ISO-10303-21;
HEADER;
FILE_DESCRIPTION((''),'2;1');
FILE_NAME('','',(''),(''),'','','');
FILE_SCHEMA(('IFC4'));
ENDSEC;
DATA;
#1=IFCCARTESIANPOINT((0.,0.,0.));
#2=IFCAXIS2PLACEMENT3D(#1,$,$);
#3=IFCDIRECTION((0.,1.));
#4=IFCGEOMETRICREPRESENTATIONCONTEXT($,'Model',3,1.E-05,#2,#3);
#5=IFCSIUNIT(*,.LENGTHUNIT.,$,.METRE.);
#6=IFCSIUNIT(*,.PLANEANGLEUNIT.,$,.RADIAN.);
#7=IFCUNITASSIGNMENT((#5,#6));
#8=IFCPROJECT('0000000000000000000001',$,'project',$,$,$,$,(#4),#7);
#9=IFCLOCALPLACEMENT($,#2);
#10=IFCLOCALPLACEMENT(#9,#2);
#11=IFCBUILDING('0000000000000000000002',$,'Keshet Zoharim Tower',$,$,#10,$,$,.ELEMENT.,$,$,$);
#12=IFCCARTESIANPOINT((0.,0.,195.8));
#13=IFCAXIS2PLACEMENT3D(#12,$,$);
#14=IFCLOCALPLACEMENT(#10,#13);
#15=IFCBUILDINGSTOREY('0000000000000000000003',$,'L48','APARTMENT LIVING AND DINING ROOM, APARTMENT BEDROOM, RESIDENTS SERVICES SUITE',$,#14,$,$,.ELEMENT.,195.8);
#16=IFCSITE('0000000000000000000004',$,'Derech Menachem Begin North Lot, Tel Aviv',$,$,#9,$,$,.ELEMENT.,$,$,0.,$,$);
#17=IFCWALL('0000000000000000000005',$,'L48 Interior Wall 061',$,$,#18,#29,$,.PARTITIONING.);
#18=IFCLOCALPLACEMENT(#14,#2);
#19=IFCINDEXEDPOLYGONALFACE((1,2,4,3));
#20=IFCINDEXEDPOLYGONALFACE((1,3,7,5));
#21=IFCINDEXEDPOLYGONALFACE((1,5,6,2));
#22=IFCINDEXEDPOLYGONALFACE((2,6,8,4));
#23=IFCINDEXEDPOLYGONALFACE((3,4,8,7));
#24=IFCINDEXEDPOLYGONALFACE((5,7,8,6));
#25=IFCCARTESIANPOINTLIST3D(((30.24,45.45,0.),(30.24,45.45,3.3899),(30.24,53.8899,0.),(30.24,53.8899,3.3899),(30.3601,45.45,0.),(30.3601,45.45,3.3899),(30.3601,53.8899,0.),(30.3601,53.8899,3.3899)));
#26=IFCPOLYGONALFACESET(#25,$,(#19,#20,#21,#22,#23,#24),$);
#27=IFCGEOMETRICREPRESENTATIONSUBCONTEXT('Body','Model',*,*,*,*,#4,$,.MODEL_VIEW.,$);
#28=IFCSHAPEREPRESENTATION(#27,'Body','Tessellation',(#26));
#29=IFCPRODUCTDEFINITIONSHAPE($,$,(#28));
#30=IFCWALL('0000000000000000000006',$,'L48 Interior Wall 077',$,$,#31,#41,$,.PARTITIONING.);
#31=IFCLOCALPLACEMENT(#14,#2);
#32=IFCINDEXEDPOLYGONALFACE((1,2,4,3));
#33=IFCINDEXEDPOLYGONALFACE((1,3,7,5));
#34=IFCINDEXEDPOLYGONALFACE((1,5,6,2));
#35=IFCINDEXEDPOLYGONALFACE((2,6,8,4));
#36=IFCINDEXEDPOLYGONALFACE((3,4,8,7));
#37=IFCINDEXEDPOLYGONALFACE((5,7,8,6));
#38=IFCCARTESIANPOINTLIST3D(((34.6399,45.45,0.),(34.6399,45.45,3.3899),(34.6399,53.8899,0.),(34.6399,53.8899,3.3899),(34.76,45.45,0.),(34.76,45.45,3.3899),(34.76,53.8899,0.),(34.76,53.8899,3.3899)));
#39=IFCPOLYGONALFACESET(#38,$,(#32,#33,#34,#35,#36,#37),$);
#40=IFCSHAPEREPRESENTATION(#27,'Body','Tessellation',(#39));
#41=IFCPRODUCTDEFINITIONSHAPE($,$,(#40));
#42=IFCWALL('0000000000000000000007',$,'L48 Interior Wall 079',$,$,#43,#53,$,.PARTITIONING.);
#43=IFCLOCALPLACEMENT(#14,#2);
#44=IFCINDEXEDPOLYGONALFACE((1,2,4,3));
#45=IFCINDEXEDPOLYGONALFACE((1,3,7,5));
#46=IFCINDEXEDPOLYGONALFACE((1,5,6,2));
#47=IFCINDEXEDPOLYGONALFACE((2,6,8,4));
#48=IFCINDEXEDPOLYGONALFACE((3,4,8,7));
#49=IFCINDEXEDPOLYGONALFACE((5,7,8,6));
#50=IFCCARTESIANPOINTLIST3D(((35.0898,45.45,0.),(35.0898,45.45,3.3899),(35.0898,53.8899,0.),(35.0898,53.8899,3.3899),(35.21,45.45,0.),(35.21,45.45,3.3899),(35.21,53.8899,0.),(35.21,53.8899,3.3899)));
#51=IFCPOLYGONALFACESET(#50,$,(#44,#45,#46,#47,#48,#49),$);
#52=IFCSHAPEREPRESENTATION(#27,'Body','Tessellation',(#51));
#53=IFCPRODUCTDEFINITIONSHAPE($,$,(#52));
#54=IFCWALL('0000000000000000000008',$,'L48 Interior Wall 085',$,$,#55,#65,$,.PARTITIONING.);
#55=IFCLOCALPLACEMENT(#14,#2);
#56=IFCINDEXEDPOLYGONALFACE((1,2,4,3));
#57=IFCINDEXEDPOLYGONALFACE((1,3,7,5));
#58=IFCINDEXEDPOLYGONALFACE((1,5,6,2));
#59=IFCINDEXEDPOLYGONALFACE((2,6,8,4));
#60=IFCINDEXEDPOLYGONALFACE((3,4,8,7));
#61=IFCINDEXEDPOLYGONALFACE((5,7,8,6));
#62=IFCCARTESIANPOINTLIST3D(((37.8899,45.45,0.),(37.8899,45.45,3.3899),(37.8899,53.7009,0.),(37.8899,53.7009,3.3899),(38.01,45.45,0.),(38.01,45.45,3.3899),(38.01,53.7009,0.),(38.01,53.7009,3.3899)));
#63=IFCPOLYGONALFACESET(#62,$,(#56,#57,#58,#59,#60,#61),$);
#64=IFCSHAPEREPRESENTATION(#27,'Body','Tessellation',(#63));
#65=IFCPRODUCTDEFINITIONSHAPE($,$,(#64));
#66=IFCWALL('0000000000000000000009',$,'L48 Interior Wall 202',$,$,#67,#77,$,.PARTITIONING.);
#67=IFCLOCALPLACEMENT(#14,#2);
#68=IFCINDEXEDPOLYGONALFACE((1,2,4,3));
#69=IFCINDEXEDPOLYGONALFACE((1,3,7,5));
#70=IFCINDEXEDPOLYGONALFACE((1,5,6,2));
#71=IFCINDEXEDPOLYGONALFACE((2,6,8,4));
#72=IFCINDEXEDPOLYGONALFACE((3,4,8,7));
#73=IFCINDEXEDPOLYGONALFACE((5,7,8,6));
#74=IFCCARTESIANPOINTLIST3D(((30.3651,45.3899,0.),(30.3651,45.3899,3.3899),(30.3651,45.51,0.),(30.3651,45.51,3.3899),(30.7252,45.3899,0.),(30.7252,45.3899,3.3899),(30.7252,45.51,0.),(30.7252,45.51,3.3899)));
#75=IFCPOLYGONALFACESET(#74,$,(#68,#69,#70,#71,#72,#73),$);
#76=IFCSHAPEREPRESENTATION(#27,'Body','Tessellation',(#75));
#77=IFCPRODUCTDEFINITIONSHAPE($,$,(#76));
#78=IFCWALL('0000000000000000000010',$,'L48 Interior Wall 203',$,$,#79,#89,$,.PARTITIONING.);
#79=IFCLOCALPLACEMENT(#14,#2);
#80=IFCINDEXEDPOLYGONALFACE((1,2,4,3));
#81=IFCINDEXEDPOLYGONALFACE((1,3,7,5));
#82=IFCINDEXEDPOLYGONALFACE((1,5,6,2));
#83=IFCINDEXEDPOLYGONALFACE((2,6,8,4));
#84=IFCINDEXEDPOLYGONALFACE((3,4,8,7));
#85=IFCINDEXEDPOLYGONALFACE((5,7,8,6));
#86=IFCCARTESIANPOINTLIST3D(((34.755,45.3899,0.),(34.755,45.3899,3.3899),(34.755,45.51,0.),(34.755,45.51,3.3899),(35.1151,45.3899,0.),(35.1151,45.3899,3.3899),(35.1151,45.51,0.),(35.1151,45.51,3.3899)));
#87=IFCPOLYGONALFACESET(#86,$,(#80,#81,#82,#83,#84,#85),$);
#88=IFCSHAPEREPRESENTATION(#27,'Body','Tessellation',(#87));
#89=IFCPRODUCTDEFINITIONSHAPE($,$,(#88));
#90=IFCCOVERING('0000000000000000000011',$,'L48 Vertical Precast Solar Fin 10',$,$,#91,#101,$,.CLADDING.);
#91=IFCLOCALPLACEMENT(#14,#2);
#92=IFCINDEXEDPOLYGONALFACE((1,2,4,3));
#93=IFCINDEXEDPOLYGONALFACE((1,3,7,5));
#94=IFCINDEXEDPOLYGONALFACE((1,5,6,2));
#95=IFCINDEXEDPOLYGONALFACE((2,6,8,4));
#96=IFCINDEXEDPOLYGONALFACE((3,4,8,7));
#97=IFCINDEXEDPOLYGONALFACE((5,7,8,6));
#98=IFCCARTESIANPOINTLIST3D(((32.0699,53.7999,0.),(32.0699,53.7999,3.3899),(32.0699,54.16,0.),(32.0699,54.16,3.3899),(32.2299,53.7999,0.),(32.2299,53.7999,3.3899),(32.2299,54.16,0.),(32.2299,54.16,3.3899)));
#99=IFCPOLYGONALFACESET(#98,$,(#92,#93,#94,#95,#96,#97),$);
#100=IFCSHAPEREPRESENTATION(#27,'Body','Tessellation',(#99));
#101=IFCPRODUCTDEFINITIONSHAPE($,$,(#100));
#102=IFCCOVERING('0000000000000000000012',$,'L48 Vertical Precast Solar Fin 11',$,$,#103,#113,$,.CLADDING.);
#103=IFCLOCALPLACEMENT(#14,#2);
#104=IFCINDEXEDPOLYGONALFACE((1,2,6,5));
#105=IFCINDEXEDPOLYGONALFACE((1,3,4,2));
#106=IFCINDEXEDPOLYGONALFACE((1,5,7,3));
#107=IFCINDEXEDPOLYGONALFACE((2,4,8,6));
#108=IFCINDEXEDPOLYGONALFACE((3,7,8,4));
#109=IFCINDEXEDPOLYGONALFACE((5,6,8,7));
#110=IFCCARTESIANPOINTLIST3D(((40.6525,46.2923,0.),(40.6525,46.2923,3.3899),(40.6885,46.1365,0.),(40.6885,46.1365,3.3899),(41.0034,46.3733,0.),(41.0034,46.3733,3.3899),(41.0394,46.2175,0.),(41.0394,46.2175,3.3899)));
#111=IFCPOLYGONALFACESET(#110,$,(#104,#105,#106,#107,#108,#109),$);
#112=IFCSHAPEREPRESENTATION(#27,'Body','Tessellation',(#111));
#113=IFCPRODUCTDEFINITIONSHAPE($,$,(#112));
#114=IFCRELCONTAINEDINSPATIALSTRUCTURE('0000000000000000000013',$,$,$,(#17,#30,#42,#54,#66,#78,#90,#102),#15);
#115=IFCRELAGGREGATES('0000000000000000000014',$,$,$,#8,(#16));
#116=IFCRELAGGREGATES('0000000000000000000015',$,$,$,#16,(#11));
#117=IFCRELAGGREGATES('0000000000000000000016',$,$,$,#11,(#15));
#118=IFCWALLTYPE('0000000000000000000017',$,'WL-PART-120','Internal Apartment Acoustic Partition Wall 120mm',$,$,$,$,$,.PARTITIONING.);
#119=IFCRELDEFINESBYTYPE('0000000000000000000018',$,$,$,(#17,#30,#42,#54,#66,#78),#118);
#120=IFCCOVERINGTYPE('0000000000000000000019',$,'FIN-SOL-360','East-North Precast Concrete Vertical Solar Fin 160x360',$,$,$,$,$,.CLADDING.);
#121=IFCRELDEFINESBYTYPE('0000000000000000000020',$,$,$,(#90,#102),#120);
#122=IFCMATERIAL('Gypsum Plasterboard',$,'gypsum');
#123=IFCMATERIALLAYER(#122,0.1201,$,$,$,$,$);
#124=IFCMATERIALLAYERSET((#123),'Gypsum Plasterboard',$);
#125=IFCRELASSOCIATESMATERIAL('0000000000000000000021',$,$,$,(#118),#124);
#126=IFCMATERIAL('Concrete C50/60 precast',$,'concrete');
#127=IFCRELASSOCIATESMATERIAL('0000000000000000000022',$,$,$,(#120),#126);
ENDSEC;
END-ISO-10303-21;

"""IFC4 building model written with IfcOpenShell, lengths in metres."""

from ifc_helpers import new_model, si_unit, direction, frame, frame_2d, origin, origin_2d, place, context, subcontext, project, spatial, rectangle, extrude, material, layer, layer_set, type_object, element, save


model = new_model("IFC4")

# Units and contexts
model_context = context("Model", 3, precision=1e-05, world=origin(), true_north=direction((0.0, 1.0)))
body_context = subcontext(model_context, "Body", "Model", "MODEL_VIEW")
ifc_project = project(units=[si_unit("LENGTHUNIT", "METRE"), si_unit("PLANEANGLEUNIT", "RADIAN")], contexts=[model_context])

# Site, building, storey
site_placement = place(None, origin())
site = spatial("IfcSite", under=ifc_project, at=site_placement, Name="Derech Menachem Begin North Lot, Tel Aviv", CompositionType="ELEMENT", RefElevation=0.0)
building_placement = place(site_placement, origin())
building = spatial("IfcBuilding", under=site, at=building_placement, Name="Keshet Zoharim Tower", CompositionType="ELEMENT")
storey_placement = place(building_placement, frame((0.0, 0.0, 195.8)))
storey = spatial("IfcBuildingStorey", under=building, at=storey_placement, Name="L48", Description="APARTMENT LIVING AND DINING ROOM, APARTMENT BEDROOM, RESIDENTS SERVICES SUITE", CompositionType="ELEMENT", Elevation=195.8)

# Walls
ifc_material_1 = material(Name="Gypsum Plasterboard", Category="gypsum")
ifc_layer_1 = layer(ifc_material_1, 0.1201)
ifc_layer_set_1 = layer_set([ifc_layer_1], Name="Gypsum Plasterboard")
wall_type = type_object("IfcWallType", Name="WL-PART-120", Description="Internal Apartment Acoustic Partition Wall 120mm", PredefinedType="PARTITIONING", material=ifc_layer_set_1)
for number, where, z_axis, x_axis, name in (
    (1, (30.3, 45.45, 0.0), (0.0, 0.0, 1.0), (0.0, 1.0, 0.0), "L48 Interior Wall 061"),
    (2, (34.7, 45.45, 0.0), (0.0, 0.0, 1.0), (0.0, 1.0, 0.0), "L48 Interior Wall 077"),
    (3, (35.1499, 45.45, 0.0), (0.0, 0.0, 1.0), (0.0, 1.0, 0.0), "L48 Interior Wall 079"),
):
    element("IfcWall", number, at=place(storey_placement, frame(where, z_axis=z_axis, x_axis=x_axis)), inside=storey, type_object=wall_type, Name=name, PredefinedType="PARTITIONING", context=body_context, shape_type="SweptSolid", body=[
        extrude(rectangle(XDim=8.4399, YDim=0.1201, at=frame_2d((4.22, 0.0))), origin(), (0.0, 0.0, 1.0), 3.3899),
    ])
wall_1_placement = place(storey_placement, frame((37.95, 45.45, 0.0), z_axis=(0.0, 0.0, 1.0), x_axis=(0.0, 1.0, 0.0)))
element("IfcWall", 4, at=wall_1_placement, inside=storey, type_object=wall_type, Name="L48 Interior Wall 085", PredefinedType="PARTITIONING", context=body_context, shape_type="SweptSolid", body=[
    extrude(rectangle(XDim=8.251, YDim=0.1201, at=frame_2d((4.1255, 0.0))), origin(), (0.0, 0.0, 1.0), 3.3899),
])
for number, where, z_axis, x_axis, name in (
    (5, (30.365, 45.45, 0.0), (0.0, 0.0, 1.0), (1.0, 0.0, 0.0), "L48 Interior Wall 202"),
    (6, (34.7549, 45.45, 0.0), (0.0, 0.0, 1.0), (1.0, 0.0, 0.0), "L48 Interior Wall 203"),
):
    element("IfcWall", number, at=place(storey_placement, frame(where, z_axis=z_axis, x_axis=x_axis)), inside=storey, type_object=wall_type, Name=name, PredefinedType="PARTITIONING", context=body_context, shape_type="SweptSolid", body=[
        extrude(rectangle(XDim=0.3601, YDim=0.1201, at=frame_2d((0.1802, 0.0))), origin(), (0.0, 0.0, 1.0), 3.3899),
    ])

# Coverings
ifc_material_2 = material(Name="Concrete C50/60 precast", Category="concrete")
covering_type = type_object("IfcCoveringType", Name="FIN-SOL-360", Description="East-North Precast Concrete Vertical Solar Fin 160x360", PredefinedType="CLADDING", material=ifc_material_2)
for number, where, z_axis, x_axis, name in (
    (7, (32.1499, 53.98, 0.0), (0.0, 0.0, 1.0), (1.0, 0.0, 0.0), "L48 Vertical Precast Solar Fin 10"),
    (8, (40.8459, 46.2549, 0.0), (0.0, 0.0, 1.0), (0.224848, -0.974394, 0.0), "L48 Vertical Precast Solar Fin 11"),
):
    element("IfcCovering", number, at=place(storey_placement, frame(where, z_axis=z_axis, x_axis=x_axis)), inside=storey, type_object=covering_type, Name=name, PredefinedType="CLADDING", context=body_context, shape_type="SweptSolid", body=[
        extrude(rectangle(XDim=0.1599, YDim=0.3601, at=origin_2d()), origin(), (0.0, 0.0, 1.0), 3.3899),
    ])

save(model, "model.ifc")
